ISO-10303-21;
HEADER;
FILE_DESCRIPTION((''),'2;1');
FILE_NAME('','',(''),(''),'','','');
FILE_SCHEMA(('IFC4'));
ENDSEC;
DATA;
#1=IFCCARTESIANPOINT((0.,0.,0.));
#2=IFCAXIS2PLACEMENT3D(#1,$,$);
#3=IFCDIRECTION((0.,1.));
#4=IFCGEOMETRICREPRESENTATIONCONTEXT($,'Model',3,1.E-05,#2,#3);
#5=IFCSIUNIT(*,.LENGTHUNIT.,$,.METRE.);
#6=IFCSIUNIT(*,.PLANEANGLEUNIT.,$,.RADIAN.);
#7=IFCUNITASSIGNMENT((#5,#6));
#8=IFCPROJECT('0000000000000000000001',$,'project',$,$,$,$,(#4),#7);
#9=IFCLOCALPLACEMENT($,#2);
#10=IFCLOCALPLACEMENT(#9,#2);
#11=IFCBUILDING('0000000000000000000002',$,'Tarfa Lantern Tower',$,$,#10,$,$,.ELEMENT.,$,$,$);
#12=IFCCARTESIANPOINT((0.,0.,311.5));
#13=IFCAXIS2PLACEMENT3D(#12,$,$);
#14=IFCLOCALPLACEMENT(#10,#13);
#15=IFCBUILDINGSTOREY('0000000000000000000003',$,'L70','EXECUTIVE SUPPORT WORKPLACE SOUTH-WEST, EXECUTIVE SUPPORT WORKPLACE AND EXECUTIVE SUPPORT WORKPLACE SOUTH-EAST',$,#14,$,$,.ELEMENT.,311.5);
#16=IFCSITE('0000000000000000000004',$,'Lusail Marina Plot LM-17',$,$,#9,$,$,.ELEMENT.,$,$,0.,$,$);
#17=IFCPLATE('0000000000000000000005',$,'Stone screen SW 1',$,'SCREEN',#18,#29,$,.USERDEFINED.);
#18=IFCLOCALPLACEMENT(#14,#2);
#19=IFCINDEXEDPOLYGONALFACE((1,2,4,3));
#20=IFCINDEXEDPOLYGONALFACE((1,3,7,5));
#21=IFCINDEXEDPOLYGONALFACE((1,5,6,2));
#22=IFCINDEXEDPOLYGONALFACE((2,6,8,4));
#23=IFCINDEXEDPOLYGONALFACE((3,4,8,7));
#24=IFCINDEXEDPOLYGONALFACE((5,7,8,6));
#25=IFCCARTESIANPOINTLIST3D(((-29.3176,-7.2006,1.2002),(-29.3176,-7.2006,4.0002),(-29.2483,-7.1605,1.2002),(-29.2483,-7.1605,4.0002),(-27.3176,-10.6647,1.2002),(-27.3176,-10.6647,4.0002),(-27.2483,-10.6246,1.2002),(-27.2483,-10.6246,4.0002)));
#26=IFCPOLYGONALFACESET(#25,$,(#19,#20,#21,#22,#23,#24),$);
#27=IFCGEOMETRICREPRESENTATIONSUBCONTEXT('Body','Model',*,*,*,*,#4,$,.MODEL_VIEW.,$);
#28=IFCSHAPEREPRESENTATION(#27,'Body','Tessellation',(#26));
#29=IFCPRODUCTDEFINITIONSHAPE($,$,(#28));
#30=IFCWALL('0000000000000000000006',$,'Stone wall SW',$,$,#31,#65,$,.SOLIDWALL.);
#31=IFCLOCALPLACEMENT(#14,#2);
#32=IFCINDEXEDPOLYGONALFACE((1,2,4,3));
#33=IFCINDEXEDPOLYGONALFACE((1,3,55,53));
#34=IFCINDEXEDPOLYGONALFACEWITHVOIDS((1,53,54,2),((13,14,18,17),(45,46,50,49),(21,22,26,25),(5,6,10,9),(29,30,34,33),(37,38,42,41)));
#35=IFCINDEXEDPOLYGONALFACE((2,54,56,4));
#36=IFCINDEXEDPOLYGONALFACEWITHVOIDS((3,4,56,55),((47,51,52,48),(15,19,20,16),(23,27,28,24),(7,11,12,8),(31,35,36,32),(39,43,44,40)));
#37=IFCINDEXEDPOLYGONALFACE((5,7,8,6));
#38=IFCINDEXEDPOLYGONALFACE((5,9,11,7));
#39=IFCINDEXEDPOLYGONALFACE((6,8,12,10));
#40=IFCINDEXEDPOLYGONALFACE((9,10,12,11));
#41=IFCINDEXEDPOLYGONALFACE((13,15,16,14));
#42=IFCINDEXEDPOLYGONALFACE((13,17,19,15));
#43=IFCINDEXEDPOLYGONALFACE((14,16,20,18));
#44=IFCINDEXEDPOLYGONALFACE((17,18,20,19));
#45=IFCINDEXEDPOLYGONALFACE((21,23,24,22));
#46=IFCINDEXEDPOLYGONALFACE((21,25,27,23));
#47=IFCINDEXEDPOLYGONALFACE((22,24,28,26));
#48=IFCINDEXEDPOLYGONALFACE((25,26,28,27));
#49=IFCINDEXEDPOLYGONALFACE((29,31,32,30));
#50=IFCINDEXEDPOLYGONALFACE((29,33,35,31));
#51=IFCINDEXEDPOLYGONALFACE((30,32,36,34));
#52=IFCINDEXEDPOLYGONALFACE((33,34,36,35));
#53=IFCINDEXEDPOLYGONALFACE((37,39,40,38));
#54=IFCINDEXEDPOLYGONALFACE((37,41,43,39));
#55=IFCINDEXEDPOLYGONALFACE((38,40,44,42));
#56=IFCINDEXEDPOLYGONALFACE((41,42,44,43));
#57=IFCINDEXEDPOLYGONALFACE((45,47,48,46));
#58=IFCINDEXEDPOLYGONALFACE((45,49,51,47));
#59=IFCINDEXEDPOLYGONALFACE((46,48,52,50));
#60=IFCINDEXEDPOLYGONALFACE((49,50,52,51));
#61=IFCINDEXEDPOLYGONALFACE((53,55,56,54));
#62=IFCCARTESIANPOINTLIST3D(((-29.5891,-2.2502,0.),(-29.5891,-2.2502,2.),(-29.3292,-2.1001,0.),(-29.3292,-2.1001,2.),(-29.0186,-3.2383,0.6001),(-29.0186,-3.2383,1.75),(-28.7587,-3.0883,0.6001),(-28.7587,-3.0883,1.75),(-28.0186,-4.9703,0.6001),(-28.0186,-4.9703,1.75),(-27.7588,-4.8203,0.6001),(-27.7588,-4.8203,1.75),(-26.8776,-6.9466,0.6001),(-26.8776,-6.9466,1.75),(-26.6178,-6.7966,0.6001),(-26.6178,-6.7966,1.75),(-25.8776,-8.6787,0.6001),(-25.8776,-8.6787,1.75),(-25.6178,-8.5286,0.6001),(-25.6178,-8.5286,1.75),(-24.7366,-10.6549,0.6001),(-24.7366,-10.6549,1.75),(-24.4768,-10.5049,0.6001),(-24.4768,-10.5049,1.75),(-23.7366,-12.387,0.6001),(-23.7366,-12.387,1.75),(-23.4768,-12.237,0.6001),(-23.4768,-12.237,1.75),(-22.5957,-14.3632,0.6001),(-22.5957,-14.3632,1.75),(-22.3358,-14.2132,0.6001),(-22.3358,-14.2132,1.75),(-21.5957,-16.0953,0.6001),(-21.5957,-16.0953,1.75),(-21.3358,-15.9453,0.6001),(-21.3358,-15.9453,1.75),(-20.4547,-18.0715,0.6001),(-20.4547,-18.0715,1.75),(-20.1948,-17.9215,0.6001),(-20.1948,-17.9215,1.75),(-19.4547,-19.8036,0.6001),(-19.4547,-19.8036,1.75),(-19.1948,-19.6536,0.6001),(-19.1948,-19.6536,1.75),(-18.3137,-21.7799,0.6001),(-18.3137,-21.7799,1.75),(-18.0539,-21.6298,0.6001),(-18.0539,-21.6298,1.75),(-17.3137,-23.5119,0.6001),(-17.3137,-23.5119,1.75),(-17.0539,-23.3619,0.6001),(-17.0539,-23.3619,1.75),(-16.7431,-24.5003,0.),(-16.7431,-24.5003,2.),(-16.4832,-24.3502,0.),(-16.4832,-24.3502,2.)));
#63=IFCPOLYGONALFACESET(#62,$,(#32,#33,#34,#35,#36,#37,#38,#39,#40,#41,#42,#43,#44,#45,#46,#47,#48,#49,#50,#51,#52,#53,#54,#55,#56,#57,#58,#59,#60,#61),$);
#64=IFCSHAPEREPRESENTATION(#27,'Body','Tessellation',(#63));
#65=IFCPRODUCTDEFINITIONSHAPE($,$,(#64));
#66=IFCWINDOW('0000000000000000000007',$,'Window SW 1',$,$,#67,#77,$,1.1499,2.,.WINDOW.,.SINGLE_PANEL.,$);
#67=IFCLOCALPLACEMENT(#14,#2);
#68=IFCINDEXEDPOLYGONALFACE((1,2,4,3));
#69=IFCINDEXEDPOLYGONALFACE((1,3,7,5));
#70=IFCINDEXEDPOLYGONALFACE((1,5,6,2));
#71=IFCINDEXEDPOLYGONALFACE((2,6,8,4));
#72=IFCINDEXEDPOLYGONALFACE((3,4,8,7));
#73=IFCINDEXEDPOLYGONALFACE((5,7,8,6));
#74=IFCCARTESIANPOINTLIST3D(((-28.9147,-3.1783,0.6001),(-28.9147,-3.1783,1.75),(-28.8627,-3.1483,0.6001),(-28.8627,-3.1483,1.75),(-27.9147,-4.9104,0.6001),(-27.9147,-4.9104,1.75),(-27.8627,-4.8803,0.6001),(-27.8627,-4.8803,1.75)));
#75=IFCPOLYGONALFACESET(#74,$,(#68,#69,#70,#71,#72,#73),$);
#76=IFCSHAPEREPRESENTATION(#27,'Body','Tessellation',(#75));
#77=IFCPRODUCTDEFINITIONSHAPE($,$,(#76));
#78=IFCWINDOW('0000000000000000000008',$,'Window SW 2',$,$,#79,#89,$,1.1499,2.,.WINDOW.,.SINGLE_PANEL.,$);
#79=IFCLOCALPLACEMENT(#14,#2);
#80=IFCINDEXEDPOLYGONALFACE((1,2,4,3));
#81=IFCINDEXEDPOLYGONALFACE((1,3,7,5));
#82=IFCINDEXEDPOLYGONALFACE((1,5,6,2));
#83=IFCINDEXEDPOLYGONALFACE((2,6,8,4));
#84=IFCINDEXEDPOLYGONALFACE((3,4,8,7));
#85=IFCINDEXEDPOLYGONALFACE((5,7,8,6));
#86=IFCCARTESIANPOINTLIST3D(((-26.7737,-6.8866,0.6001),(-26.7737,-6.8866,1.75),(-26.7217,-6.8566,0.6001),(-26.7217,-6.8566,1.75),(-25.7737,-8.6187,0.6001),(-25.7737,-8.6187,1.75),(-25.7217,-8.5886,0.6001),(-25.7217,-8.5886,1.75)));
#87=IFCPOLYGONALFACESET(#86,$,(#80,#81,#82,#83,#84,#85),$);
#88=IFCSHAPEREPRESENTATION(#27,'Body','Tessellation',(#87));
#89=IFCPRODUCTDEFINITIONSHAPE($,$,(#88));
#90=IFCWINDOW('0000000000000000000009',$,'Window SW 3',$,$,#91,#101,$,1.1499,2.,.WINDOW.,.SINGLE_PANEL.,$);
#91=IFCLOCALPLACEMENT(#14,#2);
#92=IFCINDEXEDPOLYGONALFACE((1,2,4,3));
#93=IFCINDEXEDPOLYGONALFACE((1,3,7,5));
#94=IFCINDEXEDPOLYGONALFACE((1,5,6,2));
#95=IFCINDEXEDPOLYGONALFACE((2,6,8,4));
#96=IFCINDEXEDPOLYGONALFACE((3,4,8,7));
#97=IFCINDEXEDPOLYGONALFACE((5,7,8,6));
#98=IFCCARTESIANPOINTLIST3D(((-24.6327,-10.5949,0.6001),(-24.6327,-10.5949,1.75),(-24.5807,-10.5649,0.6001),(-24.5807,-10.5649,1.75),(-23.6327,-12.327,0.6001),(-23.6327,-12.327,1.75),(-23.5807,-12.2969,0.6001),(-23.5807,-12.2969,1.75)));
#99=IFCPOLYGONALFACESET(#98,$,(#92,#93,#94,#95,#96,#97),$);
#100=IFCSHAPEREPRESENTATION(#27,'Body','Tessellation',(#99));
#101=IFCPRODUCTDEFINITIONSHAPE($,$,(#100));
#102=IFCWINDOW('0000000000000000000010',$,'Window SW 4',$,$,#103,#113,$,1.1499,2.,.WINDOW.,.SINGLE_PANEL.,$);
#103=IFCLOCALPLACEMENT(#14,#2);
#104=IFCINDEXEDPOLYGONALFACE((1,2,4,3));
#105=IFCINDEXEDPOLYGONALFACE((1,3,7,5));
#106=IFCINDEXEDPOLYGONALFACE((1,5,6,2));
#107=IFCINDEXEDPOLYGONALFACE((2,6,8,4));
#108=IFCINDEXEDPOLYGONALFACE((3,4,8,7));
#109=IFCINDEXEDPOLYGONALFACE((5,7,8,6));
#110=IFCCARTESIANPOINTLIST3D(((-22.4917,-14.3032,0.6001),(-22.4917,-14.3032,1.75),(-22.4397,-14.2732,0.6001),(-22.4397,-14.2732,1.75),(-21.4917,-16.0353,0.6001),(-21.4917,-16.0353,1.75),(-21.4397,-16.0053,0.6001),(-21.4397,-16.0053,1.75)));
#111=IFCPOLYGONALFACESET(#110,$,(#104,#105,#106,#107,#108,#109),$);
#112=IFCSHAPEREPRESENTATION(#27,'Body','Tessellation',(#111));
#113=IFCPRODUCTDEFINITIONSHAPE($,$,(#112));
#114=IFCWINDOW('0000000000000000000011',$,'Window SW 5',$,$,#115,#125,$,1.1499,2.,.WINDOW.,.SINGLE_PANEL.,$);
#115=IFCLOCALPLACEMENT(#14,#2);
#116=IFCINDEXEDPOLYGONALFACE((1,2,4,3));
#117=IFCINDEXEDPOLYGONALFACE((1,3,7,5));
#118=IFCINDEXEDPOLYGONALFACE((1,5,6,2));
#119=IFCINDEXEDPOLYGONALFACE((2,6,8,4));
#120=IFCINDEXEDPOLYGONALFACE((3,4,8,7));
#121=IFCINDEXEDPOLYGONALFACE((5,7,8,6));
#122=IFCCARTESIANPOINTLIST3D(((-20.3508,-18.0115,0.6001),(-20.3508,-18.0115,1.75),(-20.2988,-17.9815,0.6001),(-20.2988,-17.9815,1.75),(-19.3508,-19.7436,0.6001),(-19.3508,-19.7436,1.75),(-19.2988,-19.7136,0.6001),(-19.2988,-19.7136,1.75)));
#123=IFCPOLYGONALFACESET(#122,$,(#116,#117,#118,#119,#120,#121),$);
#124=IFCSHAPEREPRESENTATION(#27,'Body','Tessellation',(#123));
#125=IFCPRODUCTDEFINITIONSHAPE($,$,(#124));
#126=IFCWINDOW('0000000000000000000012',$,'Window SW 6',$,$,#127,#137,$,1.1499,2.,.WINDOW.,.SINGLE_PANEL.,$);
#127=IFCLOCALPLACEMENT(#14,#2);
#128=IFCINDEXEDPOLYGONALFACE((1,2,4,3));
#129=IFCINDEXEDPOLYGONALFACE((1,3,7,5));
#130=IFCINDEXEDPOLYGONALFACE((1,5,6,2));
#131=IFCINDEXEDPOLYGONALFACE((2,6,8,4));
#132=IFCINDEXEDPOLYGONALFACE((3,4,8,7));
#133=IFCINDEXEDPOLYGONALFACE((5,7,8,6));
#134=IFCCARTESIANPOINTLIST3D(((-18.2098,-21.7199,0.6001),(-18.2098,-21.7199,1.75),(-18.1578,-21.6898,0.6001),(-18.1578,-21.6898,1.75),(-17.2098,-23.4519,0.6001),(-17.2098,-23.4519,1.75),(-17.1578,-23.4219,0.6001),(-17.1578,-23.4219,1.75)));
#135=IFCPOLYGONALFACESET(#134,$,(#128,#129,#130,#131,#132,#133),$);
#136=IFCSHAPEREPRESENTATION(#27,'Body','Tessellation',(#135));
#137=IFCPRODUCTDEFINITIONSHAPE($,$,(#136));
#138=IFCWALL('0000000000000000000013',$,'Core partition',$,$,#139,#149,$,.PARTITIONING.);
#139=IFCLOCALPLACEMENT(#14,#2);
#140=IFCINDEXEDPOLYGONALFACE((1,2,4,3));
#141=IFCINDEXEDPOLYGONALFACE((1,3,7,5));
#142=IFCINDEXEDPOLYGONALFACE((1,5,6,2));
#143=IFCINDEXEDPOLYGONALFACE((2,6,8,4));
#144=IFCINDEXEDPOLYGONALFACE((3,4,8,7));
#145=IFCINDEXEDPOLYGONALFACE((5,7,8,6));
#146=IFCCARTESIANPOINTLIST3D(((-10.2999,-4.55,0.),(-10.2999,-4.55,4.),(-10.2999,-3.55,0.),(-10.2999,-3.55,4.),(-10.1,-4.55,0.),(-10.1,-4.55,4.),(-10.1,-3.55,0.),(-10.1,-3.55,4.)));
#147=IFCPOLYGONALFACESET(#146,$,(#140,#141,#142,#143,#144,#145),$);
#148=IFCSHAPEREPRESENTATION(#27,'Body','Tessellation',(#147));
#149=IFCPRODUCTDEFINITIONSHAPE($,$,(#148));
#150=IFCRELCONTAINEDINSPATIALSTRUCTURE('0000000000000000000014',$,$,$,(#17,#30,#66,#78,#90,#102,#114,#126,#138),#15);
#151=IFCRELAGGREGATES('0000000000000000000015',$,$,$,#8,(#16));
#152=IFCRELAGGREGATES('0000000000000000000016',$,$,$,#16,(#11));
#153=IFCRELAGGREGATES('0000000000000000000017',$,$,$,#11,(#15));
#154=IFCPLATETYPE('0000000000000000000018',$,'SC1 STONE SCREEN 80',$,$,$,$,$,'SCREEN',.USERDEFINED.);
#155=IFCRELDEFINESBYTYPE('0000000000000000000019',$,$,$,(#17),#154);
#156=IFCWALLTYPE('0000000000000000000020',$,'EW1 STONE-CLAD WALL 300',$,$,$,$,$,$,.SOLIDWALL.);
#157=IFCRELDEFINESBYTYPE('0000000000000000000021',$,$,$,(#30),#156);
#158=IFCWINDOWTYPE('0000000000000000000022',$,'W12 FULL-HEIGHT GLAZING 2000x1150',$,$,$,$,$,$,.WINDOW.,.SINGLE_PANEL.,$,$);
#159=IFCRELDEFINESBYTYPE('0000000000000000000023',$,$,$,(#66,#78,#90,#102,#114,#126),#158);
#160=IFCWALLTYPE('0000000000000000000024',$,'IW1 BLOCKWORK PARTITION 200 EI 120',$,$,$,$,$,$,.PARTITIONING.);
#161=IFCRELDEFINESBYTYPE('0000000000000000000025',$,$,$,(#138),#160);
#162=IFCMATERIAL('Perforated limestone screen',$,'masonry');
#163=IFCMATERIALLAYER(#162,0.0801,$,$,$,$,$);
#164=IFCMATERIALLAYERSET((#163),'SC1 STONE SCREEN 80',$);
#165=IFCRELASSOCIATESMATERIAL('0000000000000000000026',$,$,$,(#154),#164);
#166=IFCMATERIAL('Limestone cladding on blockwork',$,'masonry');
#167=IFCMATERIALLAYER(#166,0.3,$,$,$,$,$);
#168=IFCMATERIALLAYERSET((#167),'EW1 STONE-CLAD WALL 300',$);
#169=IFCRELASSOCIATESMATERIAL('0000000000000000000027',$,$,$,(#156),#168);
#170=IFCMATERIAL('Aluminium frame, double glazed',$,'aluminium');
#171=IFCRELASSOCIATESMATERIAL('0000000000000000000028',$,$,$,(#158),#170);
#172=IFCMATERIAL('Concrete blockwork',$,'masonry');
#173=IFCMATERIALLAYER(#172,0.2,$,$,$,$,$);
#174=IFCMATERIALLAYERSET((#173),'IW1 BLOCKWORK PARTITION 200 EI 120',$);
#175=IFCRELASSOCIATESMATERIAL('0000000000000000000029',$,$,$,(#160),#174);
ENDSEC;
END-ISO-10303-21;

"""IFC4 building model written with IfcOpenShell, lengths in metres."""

from ifc_helpers import new_model, si_unit, direction, frame, frame_2d, origin, origin_2d, place, context, subcontext, project, spatial, rectangle, extrude, material, layer, layer_set, type_object, element, fill, save


model = new_model("IFC4")

# Units and contexts
model_context = context("Model", 3, precision=1e-05, world=origin(), true_north=direction((0.0, 1.0)))
body_context = subcontext(model_context, "Body", "Model", "MODEL_VIEW")
ifc_project = project(units=[si_unit("LENGTHUNIT", "METRE"), si_unit("PLANEANGLEUNIT", "RADIAN")], contexts=[model_context])

# Site, building, storey
site_placement = place(None, origin())
site = spatial("IfcSite", under=ifc_project, at=site_placement, Name="Lusail Marina Plot LM-17", CompositionType="ELEMENT", RefElevation=0.0)
building_placement = place(site_placement, origin())
building = spatial("IfcBuilding", under=site, at=building_placement, Name="Tarfa Lantern Tower", CompositionType="ELEMENT")
storey_placement = place(building_placement, frame((0.0, 0.0, 311.5)))
storey = spatial("IfcBuildingStorey", under=building, at=storey_placement, Name="L70", Description="EXECUTIVE SUPPORT WORKPLACE SOUTH-WEST, EXECUTIVE SUPPORT WORKPLACE AND EXECUTIVE SUPPORT WORKPLACE SOUTH-EAST", CompositionType="ELEMENT", Elevation=311.5)

# Plate
ifc_material_1 = material(Name="Perforated limestone screen", Category="masonry")
ifc_layer_1 = layer(ifc_material_1, 0.0801)
ifc_layer_set_1 = layer_set([ifc_layer_1], Name="SC1 STONE SCREEN 80")
plate_type = type_object("IfcPlateType", Name="SC1 STONE SCREEN 80", ElementType="SCREEN", PredefinedType="USERDEFINED", material=ifc_layer_set_1)
plate_placement = place(storey_placement, frame((-28.283, -8.9126, 1.2002), z_axis=(0.0, 0.0, 1.0), x_axis=(0.5, -0.866025, 0.0)))
element("IfcPlate", 1, at=plate_placement, inside=storey, type_object=plate_type, Name="Stone screen SW 1", ObjectType="SCREEN", PredefinedType="USERDEFINED", context=body_context, shape_type="SweptSolid", body=[
    extrude(rectangle(XDim=4.0, YDim=0.0801, at=origin_2d()), origin(), (0.0, 0.0, 1.0), 2.8),
])

# Wall, openings, windows
ifc_material_2 = material(Name="Limestone cladding on blockwork", Category="masonry")
ifc_layer_2 = layer(ifc_material_2, 0.3)
ifc_layer_set_2 = layer_set([ifc_layer_2], Name="EW1 STONE-CLAD WALL 300")
wall_type_1 = type_object("IfcWallType", Name="EW1 STONE-CLAD WALL 300", PredefinedType="SOLIDWALL", material=ifc_layer_set_2)
wall_1_placement = place(storey_placement, frame((-29.4592, -2.175, 0.0), z_axis=(0.0, 0.0, 1.0), x_axis=(0.499997, -0.866027, 0.0)))
wall_1 = element("IfcWall", 2, at=wall_1_placement, inside=storey, type_object=wall_type_1, Name="Stone wall SW", PredefinedType="SOLIDWALL", context=body_context, shape_type="SweptSolid", body=[
    extrude(rectangle(XDim=25.6921, YDim=0.3, at=frame_2d((12.8462, 0.0))), origin(), (0.0, 0.0, 1.0), 2.0),
])
opening_1_placement = place(wall_1_placement, frame((1.1411, 0.0, 0.6001)))
opening_1 = element("IfcOpeningElement", 3, at=opening_1_placement, cuts=wall_1, PredefinedType="OPENING", context=body_context, shape_type="SweptSolid", body=[
    extrude(rectangle(XDim=2.0, YDim=1.1499, at=frame_2d((1.0, 0.575))), frame((0.0, 0.1599, 0.0), z_axis=(0.0, -1.0, 0.0), x_axis=(1.0, 0.0, 0.0)), (0.0, 0.0, 1.0), 0.3201),
])
opening_2_placement = place(wall_1_placement, frame((5.4231, 0.0, 0.6001)))
opening_2 = element("IfcOpeningElement", 4, at=opening_2_placement, cuts=wall_1, PredefinedType="OPENING", context=body_context, shape_type="SweptSolid", body=[
    extrude(rectangle(XDim=2.0, YDim=1.1499, at=frame_2d((1.0, 0.575))), frame((0.0, 0.1599, 0.0), z_axis=(0.0, -1.0, 0.0), x_axis=(1.0, 0.0, 0.0)), (0.0, 0.0, 1.0), 0.3201),
])
opening_3_placement = place(wall_1_placement, frame((9.7051, 0.0, 0.6001)))
opening_3 = element("IfcOpeningElement", 5, at=opening_3_placement, cuts=wall_1, PredefinedType="OPENING", context=body_context, shape_type="SweptSolid", body=[
    extrude(rectangle(XDim=2.0, YDim=1.1499, at=frame_2d((1.0, 0.575))), frame((0.0, 0.1599, 0.0), z_axis=(0.0, -1.0, 0.0), x_axis=(1.0, 0.0, 0.0)), (0.0, 0.0, 1.0), 0.3201),
])
opening_4_placement = place(wall_1_placement, frame((13.9871, 0.0, 0.6001)))
opening_4 = element("IfcOpeningElement", 6, at=opening_4_placement, cuts=wall_1, PredefinedType="OPENING", context=body_context, shape_type="SweptSolid", body=[
    extrude(rectangle(XDim=2.0, YDim=1.1499, at=frame_2d((1.0, 0.575))), frame((0.0, 0.1599, 0.0), z_axis=(0.0, -1.0, 0.0), x_axis=(1.0, 0.0, 0.0)), (0.0, 0.0, 1.0), 0.3201),
])
opening_5_placement = place(wall_1_placement, frame((18.269, 0.0, 0.6001)))
opening_5 = element("IfcOpeningElement", 7, at=opening_5_placement, cuts=wall_1, PredefinedType="OPENING", context=body_context, shape_type="SweptSolid", body=[
    extrude(rectangle(XDim=2.0, YDim=1.1499, at=frame_2d((1.0, 0.575))), frame((0.0, 0.1599, 0.0), z_axis=(0.0, -1.0, 0.0), x_axis=(1.0, 0.0, 0.0)), (0.0, 0.0, 1.0), 0.3201),
])
opening_6_placement = place(wall_1_placement, frame((22.551, 0.0, 0.6001)))
opening_6 = element("IfcOpeningElement", 8, at=opening_6_placement, cuts=wall_1, PredefinedType="OPENING", context=body_context, shape_type="SweptSolid", body=[
    extrude(rectangle(XDim=2.0, YDim=1.1499, at=frame_2d((1.0, 0.575))), frame((0.0, 0.1599, 0.0), z_axis=(0.0, -1.0, 0.0), x_axis=(1.0, 0.0, 0.0)), (0.0, 0.0, 1.0), 0.3201),
])
ifc_material_3 = material(Name="Aluminium frame, double glazed", Category="aluminium")
window_type = type_object("IfcWindowType", Name="W12 FULL-HEIGHT GLAZING 2000x1150", PartitioningType="SINGLE_PANEL", PredefinedType="WINDOW", material=ifc_material_3)
window_1_placement = place(opening_1_placement, origin())
window_1 = element("IfcWindow", 9, at=window_1_placement, inside=storey, type_object=window_type, Name="Window SW 1", OverallHeight=1.1499, OverallWidth=2.0, PartitioningType="SINGLE_PANEL", PredefinedType="WINDOW", context=body_context, shape_type="SweptSolid", body=[
    extrude(rectangle(XDim=2.0, YDim=1.1499, at=frame_2d((1.0, 0.575))), frame((0.0, 0.03, 0.0), z_axis=(0.0, -1.0, 0.0), x_axis=(1.0, 0.0, 0.0)), (0.0, 0.0, 1.0), 0.0601),
])
fill(opening_1, window_1)
window_2_placement = place(opening_2_placement, origin())
window_2 = element("IfcWindow", 10, at=window_2_placement, inside=storey, type_object=window_type, Name="Window SW 2", OverallHeight=1.1499, OverallWidth=2.0, PartitioningType="SINGLE_PANEL", PredefinedType="WINDOW", context=body_context, shape_type="SweptSolid", body=[
    extrude(rectangle(XDim=2.0, YDim=1.1499, at=frame_2d((1.0, 0.575))), frame((0.0, 0.03, 0.0), z_axis=(0.0, -1.0, 0.0), x_axis=(1.0, 0.0, 0.0)), (0.0, 0.0, 1.0), 0.0601),
])
fill(opening_2, window_2)
window_3_placement = place(opening_3_placement, origin())
window_3 = element("IfcWindow", 11, at=window_3_placement, inside=storey, type_object=window_type, Name="Window SW 3", OverallHeight=1.1499, OverallWidth=2.0, PartitioningType="SINGLE_PANEL", PredefinedType="WINDOW", context=body_context, shape_type="SweptSolid", body=[
    extrude(rectangle(XDim=2.0, YDim=1.1499, at=frame_2d((1.0, 0.575))), frame((0.0, 0.03, 0.0), z_axis=(0.0, -1.0, 0.0), x_axis=(1.0, 0.0, 0.0)), (0.0, 0.0, 1.0), 0.0601),
])
fill(opening_3, window_3)
window_4_placement = place(opening_4_placement, origin())
window_4 = element("IfcWindow", 12, at=window_4_placement, inside=storey, type_object=window_type, Name="Window SW 4", OverallHeight=1.1499, OverallWidth=2.0, PartitioningType="SINGLE_PANEL", PredefinedType="WINDOW", context=body_context, shape_type="SweptSolid", body=[
    extrude(rectangle(XDim=2.0, YDim=1.1499, at=frame_2d((1.0, 0.575))), frame((0.0, 0.03, 0.0), z_axis=(0.0, -1.0, 0.0), x_axis=(1.0, 0.0, 0.0)), (0.0, 0.0, 1.0), 0.0601),
])
fill(opening_4, window_4)
window_5_placement = place(opening_5_placement, origin())
window_5 = element("IfcWindow", 13, at=window_5_placement, inside=storey, type_object=window_type, Name="Window SW 5", OverallHeight=1.1499, OverallWidth=2.0, PartitioningType="SINGLE_PANEL", PredefinedType="WINDOW", context=body_context, shape_type="SweptSolid", body=[
    extrude(rectangle(XDim=2.0, YDim=1.1499, at=frame_2d((1.0, 0.575))), frame((0.0, 0.03, 0.0), z_axis=(0.0, -1.0, 0.0), x_axis=(1.0, 0.0, 0.0)), (0.0, 0.0, 1.0), 0.0601),
])
fill(opening_5, window_5)
window_6_placement = place(opening_6_placement, origin())
window_6 = element("IfcWindow", 14, at=window_6_placement, inside=storey, type_object=window_type, Name="Window SW 6", OverallHeight=1.1499, OverallWidth=2.0, PartitioningType="SINGLE_PANEL", PredefinedType="WINDOW", context=body_context, shape_type="SweptSolid", body=[
    extrude(rectangle(XDim=2.0, YDim=1.1499, at=frame_2d((1.0, 0.575))), frame((0.0, 0.03, 0.0), z_axis=(0.0, -1.0, 0.0), x_axis=(1.0, 0.0, 0.0)), (0.0, 0.0, 1.0), 0.0601),
])
fill(opening_6, window_6)

# Wall
ifc_material_4 = material(Name="Concrete blockwork", Category="masonry")
ifc_layer_3 = layer(ifc_material_4, 0.2)
ifc_layer_set_3 = layer_set([ifc_layer_3], Name="IW1 BLOCKWORK PARTITION 200 EI 120")
wall_type_2 = type_object("IfcWallType", Name="IW1 BLOCKWORK PARTITION 200 EI 120", PredefinedType="PARTITIONING", material=ifc_layer_set_3)
wall_2_placement = place(storey_placement, frame((-10.2, -3.55, 0.0), z_axis=(0.0, 0.0, 1.0), x_axis=(0.0, -1.0, 0.0)))
element("IfcWall", 15, at=wall_2_placement, inside=storey, type_object=wall_type_2, Name="Core partition", PredefinedType="PARTITIONING", context=body_context, shape_type="SweptSolid", body=[
    extrude(rectangle(XDim=1.0, YDim=0.2, at=frame_2d((0.5, 0.0))), origin(), (0.0, 0.0, 1.0), 4.0),
])

save(model, "model.ifc")
